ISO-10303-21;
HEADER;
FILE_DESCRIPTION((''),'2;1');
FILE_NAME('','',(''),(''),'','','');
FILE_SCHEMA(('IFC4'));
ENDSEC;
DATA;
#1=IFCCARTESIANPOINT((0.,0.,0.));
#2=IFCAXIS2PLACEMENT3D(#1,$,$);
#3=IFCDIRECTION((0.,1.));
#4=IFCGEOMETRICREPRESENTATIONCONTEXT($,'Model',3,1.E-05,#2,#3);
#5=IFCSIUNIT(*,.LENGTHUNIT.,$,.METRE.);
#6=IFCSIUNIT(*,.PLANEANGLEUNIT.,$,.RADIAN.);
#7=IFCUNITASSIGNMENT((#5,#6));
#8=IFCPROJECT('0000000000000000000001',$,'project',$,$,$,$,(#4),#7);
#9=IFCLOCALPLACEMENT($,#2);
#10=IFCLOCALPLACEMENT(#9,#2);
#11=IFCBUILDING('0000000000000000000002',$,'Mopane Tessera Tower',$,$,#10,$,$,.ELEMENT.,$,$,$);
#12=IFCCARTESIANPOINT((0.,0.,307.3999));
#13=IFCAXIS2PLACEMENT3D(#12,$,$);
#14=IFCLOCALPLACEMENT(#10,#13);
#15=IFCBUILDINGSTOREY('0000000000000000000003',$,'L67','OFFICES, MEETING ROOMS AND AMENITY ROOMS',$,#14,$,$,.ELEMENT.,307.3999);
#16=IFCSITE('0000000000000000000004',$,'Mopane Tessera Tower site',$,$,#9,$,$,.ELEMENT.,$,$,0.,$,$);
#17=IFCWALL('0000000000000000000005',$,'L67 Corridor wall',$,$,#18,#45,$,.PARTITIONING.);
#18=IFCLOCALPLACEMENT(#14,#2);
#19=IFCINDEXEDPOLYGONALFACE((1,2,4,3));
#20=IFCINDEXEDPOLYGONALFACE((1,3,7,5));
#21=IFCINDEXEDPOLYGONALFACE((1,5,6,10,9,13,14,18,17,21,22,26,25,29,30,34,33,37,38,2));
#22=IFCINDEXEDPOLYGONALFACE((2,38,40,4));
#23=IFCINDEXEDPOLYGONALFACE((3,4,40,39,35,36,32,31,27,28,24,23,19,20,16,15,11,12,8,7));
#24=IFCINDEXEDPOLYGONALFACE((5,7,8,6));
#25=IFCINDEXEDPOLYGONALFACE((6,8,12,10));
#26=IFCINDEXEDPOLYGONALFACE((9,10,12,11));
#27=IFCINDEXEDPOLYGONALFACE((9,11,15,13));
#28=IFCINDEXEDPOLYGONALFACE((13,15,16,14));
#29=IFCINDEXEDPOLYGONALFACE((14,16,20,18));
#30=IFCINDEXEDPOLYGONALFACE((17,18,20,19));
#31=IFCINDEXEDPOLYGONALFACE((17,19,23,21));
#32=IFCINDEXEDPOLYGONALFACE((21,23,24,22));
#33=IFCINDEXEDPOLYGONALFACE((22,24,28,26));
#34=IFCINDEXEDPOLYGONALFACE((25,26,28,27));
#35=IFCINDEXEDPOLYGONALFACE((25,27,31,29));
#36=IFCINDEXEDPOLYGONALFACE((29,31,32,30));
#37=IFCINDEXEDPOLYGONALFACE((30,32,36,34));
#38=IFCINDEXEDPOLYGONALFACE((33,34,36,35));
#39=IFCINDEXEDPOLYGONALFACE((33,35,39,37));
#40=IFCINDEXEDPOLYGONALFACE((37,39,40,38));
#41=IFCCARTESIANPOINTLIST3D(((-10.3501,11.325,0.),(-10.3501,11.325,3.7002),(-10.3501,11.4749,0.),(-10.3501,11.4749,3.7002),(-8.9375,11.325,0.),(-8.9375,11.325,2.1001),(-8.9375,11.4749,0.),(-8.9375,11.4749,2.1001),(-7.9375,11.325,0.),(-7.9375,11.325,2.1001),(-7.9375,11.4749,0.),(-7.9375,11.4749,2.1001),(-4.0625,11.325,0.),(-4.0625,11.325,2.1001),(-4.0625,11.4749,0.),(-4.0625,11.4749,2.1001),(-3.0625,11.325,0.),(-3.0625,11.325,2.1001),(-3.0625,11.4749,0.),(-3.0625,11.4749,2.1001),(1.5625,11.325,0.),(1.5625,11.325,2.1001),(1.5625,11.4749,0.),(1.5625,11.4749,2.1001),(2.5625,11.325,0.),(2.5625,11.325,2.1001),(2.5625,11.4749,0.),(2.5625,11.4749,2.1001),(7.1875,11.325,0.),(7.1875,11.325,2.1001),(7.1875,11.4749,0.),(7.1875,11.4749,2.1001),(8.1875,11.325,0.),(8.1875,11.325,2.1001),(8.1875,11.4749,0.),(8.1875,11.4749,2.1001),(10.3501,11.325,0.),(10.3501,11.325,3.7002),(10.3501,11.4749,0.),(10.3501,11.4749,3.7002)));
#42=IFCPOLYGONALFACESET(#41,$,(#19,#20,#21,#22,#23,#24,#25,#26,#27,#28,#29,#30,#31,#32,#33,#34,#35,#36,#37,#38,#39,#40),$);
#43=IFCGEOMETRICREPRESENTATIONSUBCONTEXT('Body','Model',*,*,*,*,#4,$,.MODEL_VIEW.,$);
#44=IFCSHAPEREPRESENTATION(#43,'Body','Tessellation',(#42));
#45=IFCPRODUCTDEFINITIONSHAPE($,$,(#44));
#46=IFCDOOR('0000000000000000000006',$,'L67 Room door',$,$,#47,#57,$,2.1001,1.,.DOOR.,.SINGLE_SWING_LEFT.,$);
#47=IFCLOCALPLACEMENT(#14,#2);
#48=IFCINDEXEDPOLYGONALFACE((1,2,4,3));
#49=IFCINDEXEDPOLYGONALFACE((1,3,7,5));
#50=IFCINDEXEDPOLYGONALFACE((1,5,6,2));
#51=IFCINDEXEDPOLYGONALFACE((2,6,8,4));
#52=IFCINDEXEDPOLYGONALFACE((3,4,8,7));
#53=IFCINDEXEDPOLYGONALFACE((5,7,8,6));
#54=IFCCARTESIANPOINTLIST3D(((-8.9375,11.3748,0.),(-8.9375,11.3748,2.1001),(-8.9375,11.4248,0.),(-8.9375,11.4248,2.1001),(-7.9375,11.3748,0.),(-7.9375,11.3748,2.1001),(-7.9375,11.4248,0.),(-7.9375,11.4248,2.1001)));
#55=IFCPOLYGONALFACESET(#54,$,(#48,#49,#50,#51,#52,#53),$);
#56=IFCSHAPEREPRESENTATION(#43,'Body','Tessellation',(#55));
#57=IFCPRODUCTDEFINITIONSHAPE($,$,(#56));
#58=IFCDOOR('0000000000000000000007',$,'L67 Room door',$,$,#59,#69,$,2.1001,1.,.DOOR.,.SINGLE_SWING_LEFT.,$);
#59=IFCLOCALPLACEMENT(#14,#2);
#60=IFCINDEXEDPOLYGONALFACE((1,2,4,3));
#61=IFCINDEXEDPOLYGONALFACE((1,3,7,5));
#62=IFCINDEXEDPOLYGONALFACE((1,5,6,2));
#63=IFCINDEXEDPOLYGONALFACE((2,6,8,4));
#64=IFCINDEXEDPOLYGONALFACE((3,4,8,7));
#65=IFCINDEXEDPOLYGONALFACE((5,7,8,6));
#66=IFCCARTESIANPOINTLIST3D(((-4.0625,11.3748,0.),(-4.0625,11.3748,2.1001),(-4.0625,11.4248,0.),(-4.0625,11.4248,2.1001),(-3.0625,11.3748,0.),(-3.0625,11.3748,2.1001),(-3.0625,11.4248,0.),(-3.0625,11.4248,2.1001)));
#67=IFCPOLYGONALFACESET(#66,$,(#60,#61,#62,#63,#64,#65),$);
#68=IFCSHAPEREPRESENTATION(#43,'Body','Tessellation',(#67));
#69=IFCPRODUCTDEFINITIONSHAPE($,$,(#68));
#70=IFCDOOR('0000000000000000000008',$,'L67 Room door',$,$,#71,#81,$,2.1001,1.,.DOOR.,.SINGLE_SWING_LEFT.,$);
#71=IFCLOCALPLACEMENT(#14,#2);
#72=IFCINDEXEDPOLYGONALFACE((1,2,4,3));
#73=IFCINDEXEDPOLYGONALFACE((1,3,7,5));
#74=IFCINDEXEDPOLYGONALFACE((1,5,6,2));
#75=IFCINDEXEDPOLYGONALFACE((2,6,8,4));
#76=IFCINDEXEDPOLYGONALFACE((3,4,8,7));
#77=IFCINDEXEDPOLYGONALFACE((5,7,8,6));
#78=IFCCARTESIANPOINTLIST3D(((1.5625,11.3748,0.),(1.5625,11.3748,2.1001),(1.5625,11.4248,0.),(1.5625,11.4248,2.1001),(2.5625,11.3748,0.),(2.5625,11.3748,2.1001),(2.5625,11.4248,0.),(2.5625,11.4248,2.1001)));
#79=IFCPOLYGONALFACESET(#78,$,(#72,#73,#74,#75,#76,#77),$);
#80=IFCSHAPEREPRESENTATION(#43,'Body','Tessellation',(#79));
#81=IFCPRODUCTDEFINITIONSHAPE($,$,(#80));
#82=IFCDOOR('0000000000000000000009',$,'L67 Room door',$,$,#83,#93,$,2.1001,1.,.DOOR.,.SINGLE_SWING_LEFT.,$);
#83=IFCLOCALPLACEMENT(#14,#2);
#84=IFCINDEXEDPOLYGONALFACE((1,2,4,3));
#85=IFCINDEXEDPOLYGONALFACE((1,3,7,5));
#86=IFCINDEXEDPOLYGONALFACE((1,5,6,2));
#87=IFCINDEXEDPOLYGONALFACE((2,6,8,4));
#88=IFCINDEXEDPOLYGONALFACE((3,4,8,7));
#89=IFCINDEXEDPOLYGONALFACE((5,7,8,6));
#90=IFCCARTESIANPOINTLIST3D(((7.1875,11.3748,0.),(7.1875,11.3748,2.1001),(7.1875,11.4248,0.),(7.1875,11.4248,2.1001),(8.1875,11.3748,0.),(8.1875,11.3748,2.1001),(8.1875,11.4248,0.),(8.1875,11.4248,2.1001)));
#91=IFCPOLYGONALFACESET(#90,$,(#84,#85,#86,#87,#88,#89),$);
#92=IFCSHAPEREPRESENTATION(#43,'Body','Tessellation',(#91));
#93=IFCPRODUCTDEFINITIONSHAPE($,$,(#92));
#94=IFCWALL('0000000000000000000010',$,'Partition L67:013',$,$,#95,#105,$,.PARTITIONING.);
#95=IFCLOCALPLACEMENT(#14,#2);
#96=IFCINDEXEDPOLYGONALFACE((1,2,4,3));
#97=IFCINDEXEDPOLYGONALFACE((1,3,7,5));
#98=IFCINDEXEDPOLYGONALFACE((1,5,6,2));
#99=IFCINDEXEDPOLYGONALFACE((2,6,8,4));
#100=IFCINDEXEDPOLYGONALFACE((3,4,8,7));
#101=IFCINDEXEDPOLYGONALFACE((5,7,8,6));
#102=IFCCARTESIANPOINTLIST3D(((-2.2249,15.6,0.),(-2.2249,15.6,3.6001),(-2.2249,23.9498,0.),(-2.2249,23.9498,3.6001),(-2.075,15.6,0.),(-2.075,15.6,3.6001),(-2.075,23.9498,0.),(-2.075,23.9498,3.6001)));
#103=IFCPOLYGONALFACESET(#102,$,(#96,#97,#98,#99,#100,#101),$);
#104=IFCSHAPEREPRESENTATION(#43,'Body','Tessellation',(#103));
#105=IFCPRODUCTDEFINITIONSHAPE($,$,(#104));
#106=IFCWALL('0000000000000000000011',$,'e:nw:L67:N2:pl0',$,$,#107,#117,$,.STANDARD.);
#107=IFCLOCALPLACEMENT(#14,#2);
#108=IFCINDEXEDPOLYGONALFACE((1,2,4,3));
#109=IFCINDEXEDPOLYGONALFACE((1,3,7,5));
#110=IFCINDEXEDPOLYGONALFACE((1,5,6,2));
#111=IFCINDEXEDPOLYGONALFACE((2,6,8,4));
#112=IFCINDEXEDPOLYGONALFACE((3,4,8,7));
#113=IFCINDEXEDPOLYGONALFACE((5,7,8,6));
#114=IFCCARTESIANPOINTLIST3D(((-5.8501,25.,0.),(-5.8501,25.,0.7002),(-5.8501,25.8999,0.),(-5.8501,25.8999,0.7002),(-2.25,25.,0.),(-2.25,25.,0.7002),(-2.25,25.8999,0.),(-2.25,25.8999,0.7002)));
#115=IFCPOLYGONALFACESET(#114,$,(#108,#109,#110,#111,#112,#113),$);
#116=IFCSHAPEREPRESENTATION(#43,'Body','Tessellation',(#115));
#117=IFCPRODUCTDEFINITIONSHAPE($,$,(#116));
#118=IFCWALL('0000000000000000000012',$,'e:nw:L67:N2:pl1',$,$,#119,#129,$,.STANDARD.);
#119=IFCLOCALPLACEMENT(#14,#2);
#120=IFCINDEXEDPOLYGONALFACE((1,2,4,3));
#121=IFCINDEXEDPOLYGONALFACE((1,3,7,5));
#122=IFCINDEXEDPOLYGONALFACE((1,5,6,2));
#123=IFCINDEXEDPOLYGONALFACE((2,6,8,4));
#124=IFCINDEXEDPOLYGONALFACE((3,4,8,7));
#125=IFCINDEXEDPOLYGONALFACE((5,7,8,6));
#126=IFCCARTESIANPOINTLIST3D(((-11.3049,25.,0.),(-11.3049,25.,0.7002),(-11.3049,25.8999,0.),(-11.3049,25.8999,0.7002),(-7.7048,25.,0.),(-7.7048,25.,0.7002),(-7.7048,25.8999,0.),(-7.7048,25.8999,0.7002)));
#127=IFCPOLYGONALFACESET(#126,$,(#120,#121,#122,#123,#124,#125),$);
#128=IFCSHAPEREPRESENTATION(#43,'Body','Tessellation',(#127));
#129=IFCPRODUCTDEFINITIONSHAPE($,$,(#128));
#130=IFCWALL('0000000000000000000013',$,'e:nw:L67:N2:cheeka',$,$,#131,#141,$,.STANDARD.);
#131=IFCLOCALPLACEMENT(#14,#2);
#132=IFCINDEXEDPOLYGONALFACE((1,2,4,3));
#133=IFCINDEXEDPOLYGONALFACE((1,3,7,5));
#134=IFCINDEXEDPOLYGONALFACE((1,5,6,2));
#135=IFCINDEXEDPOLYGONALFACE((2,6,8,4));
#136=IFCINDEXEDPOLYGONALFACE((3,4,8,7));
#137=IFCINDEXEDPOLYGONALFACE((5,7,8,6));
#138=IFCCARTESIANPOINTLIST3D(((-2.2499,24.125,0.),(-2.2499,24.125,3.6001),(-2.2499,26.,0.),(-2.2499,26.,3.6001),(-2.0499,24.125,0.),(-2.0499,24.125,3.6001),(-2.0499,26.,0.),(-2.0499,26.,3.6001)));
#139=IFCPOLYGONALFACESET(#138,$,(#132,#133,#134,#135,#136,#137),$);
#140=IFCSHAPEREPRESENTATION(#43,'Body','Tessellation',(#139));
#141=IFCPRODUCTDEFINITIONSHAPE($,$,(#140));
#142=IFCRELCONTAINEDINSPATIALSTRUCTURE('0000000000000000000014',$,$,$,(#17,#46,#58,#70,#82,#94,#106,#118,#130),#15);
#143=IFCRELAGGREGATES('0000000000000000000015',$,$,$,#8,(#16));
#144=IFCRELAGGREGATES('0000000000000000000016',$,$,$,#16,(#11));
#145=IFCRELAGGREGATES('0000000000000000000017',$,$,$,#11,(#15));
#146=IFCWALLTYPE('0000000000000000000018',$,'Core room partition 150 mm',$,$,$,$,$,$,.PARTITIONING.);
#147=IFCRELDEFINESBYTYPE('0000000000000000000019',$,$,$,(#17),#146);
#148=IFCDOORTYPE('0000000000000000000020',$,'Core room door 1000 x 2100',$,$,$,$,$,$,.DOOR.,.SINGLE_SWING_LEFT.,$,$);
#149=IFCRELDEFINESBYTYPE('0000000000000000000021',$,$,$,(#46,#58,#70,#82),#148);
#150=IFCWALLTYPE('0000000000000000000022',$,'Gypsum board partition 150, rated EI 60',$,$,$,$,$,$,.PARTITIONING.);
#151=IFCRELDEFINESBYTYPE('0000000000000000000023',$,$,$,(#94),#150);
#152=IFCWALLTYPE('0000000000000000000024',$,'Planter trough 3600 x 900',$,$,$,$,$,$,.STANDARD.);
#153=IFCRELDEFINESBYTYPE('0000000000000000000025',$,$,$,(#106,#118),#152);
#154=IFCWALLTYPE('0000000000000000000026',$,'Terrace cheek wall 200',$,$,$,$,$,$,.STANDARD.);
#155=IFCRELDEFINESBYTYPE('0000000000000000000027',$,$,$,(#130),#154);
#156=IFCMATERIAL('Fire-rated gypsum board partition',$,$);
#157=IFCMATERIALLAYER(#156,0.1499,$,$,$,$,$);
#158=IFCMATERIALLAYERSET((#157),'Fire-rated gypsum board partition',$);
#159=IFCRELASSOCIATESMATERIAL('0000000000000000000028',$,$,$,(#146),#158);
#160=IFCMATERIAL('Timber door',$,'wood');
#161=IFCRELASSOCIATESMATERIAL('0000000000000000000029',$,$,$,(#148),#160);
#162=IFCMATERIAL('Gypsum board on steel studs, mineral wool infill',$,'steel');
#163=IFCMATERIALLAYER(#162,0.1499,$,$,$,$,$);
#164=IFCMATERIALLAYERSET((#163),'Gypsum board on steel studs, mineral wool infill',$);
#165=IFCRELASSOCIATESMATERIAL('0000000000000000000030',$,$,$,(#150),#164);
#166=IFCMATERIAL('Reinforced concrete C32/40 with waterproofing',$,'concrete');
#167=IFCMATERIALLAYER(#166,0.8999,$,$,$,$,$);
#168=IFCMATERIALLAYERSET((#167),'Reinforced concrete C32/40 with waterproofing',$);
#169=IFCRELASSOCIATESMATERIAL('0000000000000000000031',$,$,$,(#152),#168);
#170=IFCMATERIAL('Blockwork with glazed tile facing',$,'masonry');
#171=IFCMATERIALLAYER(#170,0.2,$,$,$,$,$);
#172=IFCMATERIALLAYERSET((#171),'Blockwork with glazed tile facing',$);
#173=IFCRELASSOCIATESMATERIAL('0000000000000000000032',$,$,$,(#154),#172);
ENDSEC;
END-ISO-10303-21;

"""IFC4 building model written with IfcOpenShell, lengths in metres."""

from ifc_helpers import new_model, si_unit, direction, frame, frame_2d, origin, place, context, subcontext, project, spatial, rectangle, extrude, material, layer, layer_set, type_object, element, fill, save


model = new_model("IFC4")

# Units and contexts
model_context = context("Model", 3, precision=1e-05, world=origin(), true_north=direction((0.0, 1.0)))
body_context = subcontext(model_context, "Body", "Model", "MODEL_VIEW")
ifc_project = project(units=[si_unit("LENGTHUNIT", "METRE"), si_unit("PLANEANGLEUNIT", "RADIAN")], contexts=[model_context])

# Site, building, storey
site_placement = place(None, origin())
site = spatial("IfcSite", under=ifc_project, at=site_placement, Name="Mopane Tessera Tower site", CompositionType="ELEMENT", RefElevation=0.0)
building_placement = place(site_placement, origin())
building = spatial("IfcBuilding", under=site, at=building_placement, Name="Mopane Tessera Tower", CompositionType="ELEMENT")
storey_placement = place(building_placement, frame((0.0, 0.0, 307.3999)))
storey = spatial("IfcBuildingStorey", under=building, at=storey_placement, Name="L67", Description="OFFICES, MEETING ROOMS AND AMENITY ROOMS", CompositionType="ELEMENT", Elevation=307.3999)

# Shared definitions
ifc_material_1 = material(Name="Fire-rated gypsum board partition")
ifc_layer_1 = layer(ifc_material_1, 0.1499)
ifc_layer_set_1 = layer_set([ifc_layer_1], Name="Fire-rated gypsum board partition")
wall_type_1 = type_object("IfcWallType", Name="Core room partition 150 mm", PredefinedType="PARTITIONING", material=ifc_layer_set_1)

# Wall, openings, doors
wall_1_placement = place(storey_placement, frame((-10.3501, 11.3999, 0.0), z_axis=(0.0, 0.0, 1.0), x_axis=(1.0, 0.0, 0.0)))
wall_1 = element("IfcWall", 1, at=wall_1_placement, inside=storey, type_object=wall_type_1, Name="L67 Corridor wall", PredefinedType="PARTITIONING", context=body_context, shape_type="SweptSolid", body=[
    extrude(rectangle(XDim=20.7002, YDim=0.1499, at=frame_2d((10.3501, 0.0))), origin(), (0.0, 0.0, 1.0), 3.7002),
])
opening_1_placement = place(wall_1_placement, frame((1.4126, 0.0, 0.0)))
opening_1 = element("IfcOpeningElement", 2, at=opening_1_placement, cuts=wall_1, PredefinedType="OPENING", context=body_context, shape_type="SweptSolid", body=[
    extrude(rectangle(XDim=1.0, YDim=2.1001, at=frame_2d((0.5, 1.05))), frame((0.0, 0.0869, 0.0), z_axis=(0.0, -1.0, 0.0), x_axis=(1.0, 0.0, 0.0)), (0.0, 0.0, 1.0), 0.1738),
])
opening_2_placement = place(wall_1_placement, frame((6.2876, 0.0, 0.0)))
opening_2 = element("IfcOpeningElement", 3, at=opening_2_placement, cuts=wall_1, PredefinedType="OPENING", context=body_context, shape_type="SweptSolid", body=[
    extrude(rectangle(XDim=1.0, YDim=2.1001, at=frame_2d((0.5, 1.05))), frame((0.0, 0.0869, 0.0), z_axis=(0.0, -1.0, 0.0), x_axis=(1.0, 0.0, 0.0)), (0.0, 0.0, 1.0), 0.1738),
])
opening_3_placement = place(wall_1_placement, frame((11.9126, 0.0, 0.0)))
opening_3 = element("IfcOpeningElement", 4, at=opening_3_placement, cuts=wall_1, PredefinedType="OPENING", context=body_context, shape_type="SweptSolid", body=[
    extrude(rectangle(XDim=1.0, YDim=2.1001, at=frame_2d((0.5, 1.05))), frame((0.0, 0.0869, 0.0), z_axis=(0.0, -1.0, 0.0), x_axis=(1.0, 0.0, 0.0)), (0.0, 0.0, 1.0), 0.1738),
])
opening_4_placement = place(wall_1_placement, frame((17.5376, 0.0, 0.0)))
opening_4 = element("IfcOpeningElement", 5, at=opening_4_placement, cuts=wall_1, PredefinedType="OPENING", context=body_context, shape_type="SweptSolid", body=[
    extrude(rectangle(XDim=1.0, YDim=2.1001, at=frame_2d((0.5, 1.05))), frame((0.0, 0.0869, 0.0), z_axis=(0.0, -1.0, 0.0), x_axis=(1.0, 0.0, 0.0)), (0.0, 0.0, 1.0), 0.1738),
])
ifc_material_2 = material(Name="Timber door", Category="wood")
door_type_1 = type_object("IfcDoorType", Name="Core room door 1000 x 2100", OperationType="SINGLE_SWING_LEFT", PredefinedType="DOOR", material=ifc_material_2)
door_1_placement = place(opening_1_placement, origin())
door_1 = element("IfcDoor", 6, at=door_1_placement, inside=storey, type_object=door_type_1, Name="L67 Room door", OperationType="SINGLE_SWING_LEFT", OverallHeight=2.1001, OverallWidth=1.0, PredefinedType="DOOR", context=body_context, shape_type="SweptSolid", body=[
    extrude(rectangle(XDim=1.0, YDim=2.1001, at=frame_2d((0.5, 1.05))), frame((0.0, 0.0249, 0.0), z_axis=(0.0, -1.0, 0.0), x_axis=(1.0, 0.0, 0.0)), (0.0, 0.0, 1.0), 0.05),
])
fill(opening_1, door_1)
door_2_placement = place(opening_2_placement, origin())
door_2 = element("IfcDoor", 7, at=door_2_placement, inside=storey, type_object=door_type_1, Name="L67 Room door", OperationType="SINGLE_SWING_LEFT", OverallHeight=2.1001, OverallWidth=1.0, PredefinedType="DOOR", context=body_context, shape_type="SweptSolid", body=[
    extrude(rectangle(XDim=1.0, YDim=2.1001, at=frame_2d((0.5, 1.05))), frame((0.0, 0.0249, 0.0), z_axis=(0.0, -1.0, 0.0), x_axis=(1.0, 0.0, 0.0)), (0.0, 0.0, 1.0), 0.05),
])
fill(opening_2, door_2)
door_3_placement = place(opening_3_placement, origin())
door_3 = element("IfcDoor", 8, at=door_3_placement, inside=storey, type_object=door_type_1, Name="L67 Room door", OperationType="SINGLE_SWING_LEFT", OverallHeight=2.1001, OverallWidth=1.0, PredefinedType="DOOR", context=body_context, shape_type="SweptSolid", body=[
    extrude(rectangle(XDim=1.0, YDim=2.1001, at=frame_2d((0.5, 1.05))), frame((0.0, 0.0249, 0.0), z_axis=(0.0, -1.0, 0.0), x_axis=(1.0, 0.0, 0.0)), (0.0, 0.0, 1.0), 0.05),
])
fill(opening_3, door_3)
door_4_placement = place(opening_4_placement, origin())
door_4 = element("IfcDoor", 9, at=door_4_placement, inside=storey, type_object=door_type_1, Name="L67 Room door", OperationType="SINGLE_SWING_LEFT", OverallHeight=2.1001, OverallWidth=1.0, PredefinedType="DOOR", context=body_context, shape_type="SweptSolid", body=[
    extrude(rectangle(XDim=1.0, YDim=2.1001, at=frame_2d((0.5, 1.05))), frame((0.0, 0.0249, 0.0), z_axis=(0.0, -1.0, 0.0), x_axis=(1.0, 0.0, 0.0)), (0.0, 0.0, 1.0), 0.05),
])
fill(opening_4, door_4)

# Walls
ifc_material_3 = material(Name="Gypsum board on steel studs, mineral wool infill", Category="steel")
ifc_layer_2 = layer(ifc_material_3, 0.1499)
ifc_layer_set_2 = layer_set([ifc_layer_2], Name="Gypsum board on steel studs, mineral wool infill")
wall_type_2 = type_object("IfcWallType", Name="Gypsum board partition 150, rated EI 60", PredefinedType="PARTITIONING", material=ifc_layer_set_2)
wall_2_placement = place(storey_placement, frame((-2.1499, 15.6001, 0.0), z_axis=(0.0, 0.0, 1.0), x_axis=(0.0, 1.0, 0.0)))
element("IfcWall", 10, at=wall_2_placement, inside=storey, type_object=wall_type_2, Name="Partition L67:013", PredefinedType="PARTITIONING", context=body_context, shape_type="SweptSolid", body=[
    extrude(rectangle(XDim=8.3499, YDim=0.1499, at=frame_2d((4.1748, 0.0))), origin(), (0.0, 0.0, 1.0), 3.6001),
])
ifc_material_4 = material(Name="Reinforced concrete C32/40 with waterproofing", Category="concrete")
ifc_layer_3 = layer(ifc_material_4, 0.8999)
ifc_layer_set_3 = layer_set([ifc_layer_3], Name="Reinforced concrete C32/40 with waterproofing")
wall_type_3 = type_object("IfcWallType", Name="Planter trough 3600 x 900", PredefinedType="STANDARD", material=ifc_layer_set_3)
for number, where, z_axis, x_axis, name in (
    (11, (-2.25, 25.45, 0.0), (0.0, 0.0, 1.0), (-1.0, 0.0, 0.0), "e:nw:L67:N2:pl0"),
    (12, (-7.7048, 25.45, 0.0), (0.0, 0.0, 1.0), (-1.0, 0.0, 0.0), "e:nw:L67:N2:pl1"),
):
    element("IfcWall", number, at=place(storey_placement, frame(where, z_axis=z_axis, x_axis=x_axis)), inside=storey, type_object=wall_type_3, Name=name, PredefinedType="STANDARD", context=body_context, shape_type="SweptSolid", body=[
        extrude(rectangle(XDim=3.6001, YDim=0.8999, at=frame_2d((1.8, 0.0))), origin(), (0.0, 0.0, 1.0), 0.7002),
    ])
ifc_material_5 = material(Name="Blockwork with glazed tile facing", Category="masonry")
ifc_layer_4 = layer(ifc_material_5, 0.2)
ifc_layer_set_4 = layer_set([ifc_layer_4], Name="Blockwork with glazed tile facing")
wall_type_4 = type_object("IfcWallType", Name="Terrace cheek wall 200", PredefinedType="STANDARD", material=ifc_layer_set_4)
wall_3_placement = place(storey_placement, frame((-2.1499, 26.0, 0.0), z_axis=(0.0, 0.0, 1.0), x_axis=(0.0, -1.0, 0.0)))
element("IfcWall", 13, at=wall_3_placement, inside=storey, type_object=wall_type_4, Name="e:nw:L67:N2:cheeka", PredefinedType="STANDARD", context=body_context, shape_type="SweptSolid", body=[
    extrude(rectangle(XDim=1.875, YDim=0.2, at=frame_2d((0.9375, 0.0))), origin(), (0.0, 0.0, 1.0), 3.6001),
])

save(model, "model.ifc")
